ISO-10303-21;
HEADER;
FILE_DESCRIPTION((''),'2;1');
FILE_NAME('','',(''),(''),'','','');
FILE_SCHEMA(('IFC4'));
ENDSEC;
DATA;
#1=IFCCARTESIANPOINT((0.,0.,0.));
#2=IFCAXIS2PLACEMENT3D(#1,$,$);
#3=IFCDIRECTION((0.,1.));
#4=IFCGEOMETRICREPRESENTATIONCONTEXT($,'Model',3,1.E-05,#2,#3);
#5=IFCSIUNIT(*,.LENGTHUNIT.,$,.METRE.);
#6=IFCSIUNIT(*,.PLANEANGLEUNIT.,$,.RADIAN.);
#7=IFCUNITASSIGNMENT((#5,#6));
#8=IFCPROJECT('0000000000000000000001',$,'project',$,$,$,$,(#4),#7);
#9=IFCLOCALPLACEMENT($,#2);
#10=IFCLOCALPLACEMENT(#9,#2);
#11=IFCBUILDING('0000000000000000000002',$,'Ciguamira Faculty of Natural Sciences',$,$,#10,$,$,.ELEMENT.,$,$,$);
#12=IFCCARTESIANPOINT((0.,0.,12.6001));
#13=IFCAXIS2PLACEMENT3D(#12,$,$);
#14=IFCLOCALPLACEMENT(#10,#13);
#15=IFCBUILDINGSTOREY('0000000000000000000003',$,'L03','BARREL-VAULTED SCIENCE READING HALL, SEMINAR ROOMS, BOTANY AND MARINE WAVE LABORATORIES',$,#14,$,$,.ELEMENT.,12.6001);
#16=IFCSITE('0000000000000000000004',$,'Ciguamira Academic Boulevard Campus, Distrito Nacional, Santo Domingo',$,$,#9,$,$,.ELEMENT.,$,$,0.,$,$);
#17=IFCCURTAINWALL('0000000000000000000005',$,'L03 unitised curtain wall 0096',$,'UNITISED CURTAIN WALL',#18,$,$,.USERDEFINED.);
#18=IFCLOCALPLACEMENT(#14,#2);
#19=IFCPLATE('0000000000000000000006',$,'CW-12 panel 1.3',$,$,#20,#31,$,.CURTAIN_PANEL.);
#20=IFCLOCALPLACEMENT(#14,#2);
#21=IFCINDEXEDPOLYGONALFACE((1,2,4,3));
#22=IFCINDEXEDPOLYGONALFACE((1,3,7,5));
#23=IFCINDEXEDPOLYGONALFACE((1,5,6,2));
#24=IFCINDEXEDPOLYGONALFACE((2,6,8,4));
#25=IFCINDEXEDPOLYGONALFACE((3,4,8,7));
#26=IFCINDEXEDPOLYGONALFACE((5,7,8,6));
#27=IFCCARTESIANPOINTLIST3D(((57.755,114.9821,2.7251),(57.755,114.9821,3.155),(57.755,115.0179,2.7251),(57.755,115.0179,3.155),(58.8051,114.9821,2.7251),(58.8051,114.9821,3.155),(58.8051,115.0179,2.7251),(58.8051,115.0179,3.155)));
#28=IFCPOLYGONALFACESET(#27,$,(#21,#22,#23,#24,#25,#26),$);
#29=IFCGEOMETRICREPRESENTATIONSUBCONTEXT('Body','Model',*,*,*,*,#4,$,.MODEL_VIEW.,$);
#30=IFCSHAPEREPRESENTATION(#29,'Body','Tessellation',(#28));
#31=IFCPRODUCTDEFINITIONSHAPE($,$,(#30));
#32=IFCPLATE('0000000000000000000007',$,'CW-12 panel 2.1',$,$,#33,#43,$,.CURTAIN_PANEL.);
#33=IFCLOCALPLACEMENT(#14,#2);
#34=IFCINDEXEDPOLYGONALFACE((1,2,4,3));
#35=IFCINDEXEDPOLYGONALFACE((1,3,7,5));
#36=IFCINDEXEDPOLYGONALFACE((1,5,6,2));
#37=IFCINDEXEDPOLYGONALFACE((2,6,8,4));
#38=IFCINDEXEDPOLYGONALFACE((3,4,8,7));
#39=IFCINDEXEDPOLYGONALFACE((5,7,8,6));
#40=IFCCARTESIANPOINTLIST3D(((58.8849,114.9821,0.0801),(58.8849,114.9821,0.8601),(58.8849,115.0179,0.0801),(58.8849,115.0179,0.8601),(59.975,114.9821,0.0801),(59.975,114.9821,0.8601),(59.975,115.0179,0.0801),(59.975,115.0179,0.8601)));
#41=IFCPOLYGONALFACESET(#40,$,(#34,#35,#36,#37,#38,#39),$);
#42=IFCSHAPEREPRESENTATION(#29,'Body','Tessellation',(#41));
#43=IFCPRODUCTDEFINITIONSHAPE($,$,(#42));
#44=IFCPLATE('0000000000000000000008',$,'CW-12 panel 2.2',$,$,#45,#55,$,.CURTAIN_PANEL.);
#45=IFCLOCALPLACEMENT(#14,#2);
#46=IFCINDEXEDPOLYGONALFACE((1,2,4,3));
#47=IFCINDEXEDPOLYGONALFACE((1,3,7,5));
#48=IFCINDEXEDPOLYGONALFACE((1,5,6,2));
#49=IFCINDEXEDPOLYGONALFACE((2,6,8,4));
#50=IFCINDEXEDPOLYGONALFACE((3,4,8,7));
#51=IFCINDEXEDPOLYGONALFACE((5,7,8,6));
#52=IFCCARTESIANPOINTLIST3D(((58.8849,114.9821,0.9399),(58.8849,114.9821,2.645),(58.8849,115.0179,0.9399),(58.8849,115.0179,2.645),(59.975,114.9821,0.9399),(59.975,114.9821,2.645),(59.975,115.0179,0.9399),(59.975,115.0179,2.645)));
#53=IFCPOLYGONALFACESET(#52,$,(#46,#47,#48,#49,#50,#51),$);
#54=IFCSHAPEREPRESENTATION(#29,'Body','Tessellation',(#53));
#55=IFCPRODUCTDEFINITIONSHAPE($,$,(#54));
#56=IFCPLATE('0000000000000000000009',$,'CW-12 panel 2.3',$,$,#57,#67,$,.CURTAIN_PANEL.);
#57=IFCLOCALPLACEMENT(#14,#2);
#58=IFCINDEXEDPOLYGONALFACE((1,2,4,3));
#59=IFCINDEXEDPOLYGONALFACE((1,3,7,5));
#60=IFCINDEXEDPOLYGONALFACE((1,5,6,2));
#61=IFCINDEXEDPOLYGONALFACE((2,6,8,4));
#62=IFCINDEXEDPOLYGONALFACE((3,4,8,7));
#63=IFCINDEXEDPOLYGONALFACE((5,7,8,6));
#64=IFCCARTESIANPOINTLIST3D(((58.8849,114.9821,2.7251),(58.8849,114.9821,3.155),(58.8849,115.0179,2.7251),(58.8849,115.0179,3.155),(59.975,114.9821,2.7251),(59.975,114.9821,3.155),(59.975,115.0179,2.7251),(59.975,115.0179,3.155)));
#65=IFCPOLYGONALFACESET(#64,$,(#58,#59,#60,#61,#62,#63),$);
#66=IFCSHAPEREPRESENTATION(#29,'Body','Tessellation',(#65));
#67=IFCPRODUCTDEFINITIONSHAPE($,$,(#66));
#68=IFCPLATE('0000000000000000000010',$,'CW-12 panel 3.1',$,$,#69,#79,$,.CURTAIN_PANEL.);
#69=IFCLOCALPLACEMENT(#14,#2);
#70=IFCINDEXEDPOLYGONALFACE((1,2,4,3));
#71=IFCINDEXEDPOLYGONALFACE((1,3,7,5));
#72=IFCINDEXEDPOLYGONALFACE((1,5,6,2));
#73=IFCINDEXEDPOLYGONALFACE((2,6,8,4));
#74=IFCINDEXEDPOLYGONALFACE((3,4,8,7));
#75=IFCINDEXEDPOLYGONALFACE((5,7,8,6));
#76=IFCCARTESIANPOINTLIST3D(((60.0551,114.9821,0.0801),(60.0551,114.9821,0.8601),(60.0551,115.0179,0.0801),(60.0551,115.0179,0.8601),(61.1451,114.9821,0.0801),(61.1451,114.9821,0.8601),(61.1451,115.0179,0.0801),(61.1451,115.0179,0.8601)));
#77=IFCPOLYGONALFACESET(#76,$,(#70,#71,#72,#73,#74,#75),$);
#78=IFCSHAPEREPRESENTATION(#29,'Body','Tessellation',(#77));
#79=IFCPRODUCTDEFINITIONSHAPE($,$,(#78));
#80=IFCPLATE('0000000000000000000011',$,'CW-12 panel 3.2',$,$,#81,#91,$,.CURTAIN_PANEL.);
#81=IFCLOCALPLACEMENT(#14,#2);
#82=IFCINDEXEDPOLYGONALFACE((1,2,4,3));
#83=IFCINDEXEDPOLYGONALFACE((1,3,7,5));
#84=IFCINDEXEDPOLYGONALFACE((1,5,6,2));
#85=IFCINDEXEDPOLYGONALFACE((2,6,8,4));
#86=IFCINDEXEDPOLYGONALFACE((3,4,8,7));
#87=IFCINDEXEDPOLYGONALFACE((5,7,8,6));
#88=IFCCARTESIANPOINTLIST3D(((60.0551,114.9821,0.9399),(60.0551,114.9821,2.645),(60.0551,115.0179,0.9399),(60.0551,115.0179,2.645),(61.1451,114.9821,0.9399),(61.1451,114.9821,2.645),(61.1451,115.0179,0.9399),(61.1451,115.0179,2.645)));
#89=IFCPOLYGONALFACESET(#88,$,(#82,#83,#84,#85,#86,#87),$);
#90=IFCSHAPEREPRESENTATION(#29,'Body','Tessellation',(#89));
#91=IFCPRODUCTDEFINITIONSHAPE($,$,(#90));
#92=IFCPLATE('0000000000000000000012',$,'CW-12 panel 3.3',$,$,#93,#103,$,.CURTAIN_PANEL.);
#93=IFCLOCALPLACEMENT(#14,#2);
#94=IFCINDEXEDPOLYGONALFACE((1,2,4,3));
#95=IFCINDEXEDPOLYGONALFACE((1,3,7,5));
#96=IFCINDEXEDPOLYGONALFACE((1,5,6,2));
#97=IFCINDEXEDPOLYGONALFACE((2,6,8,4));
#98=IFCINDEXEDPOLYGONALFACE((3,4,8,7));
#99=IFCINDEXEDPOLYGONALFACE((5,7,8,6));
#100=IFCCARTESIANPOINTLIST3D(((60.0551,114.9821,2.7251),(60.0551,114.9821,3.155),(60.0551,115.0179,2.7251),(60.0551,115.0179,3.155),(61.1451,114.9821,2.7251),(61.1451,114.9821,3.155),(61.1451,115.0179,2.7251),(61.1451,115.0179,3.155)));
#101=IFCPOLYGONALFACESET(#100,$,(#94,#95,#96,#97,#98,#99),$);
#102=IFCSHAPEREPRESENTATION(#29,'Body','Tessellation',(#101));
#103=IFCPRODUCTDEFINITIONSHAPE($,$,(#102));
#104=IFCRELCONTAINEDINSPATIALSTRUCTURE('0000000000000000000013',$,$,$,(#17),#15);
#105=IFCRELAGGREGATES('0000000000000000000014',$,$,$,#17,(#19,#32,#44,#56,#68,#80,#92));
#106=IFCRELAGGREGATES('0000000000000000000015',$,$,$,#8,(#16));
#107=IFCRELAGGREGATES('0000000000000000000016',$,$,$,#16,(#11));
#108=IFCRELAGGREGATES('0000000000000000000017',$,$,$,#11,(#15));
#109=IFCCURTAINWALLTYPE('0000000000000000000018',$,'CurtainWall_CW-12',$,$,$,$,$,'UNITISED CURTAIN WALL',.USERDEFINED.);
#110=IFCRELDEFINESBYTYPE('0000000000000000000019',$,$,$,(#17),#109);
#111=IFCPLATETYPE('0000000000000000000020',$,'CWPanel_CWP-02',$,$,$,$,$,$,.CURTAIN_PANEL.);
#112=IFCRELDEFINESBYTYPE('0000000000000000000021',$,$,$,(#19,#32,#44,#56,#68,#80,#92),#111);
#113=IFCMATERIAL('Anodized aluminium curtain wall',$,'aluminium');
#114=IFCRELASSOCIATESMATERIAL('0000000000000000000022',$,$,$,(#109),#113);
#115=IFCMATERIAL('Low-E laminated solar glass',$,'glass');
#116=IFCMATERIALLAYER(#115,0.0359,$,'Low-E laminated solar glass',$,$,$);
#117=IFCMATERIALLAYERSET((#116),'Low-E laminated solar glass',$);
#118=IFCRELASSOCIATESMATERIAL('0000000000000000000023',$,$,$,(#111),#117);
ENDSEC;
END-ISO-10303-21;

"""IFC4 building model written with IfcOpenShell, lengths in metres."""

from ifc_helpers import new_model, si_unit, direction, frame, origin, origin_2d, place, context, subcontext, project, spatial, rectangle, extrude, material, layer, layer_set, type_object, element, aggregate, save


model = new_model("IFC4")

# Units and contexts
model_context = context("Model", 3, precision=1e-05, world=origin(), true_north=direction((0.0, 1.0)))
body_context = subcontext(model_context, "Body", "Model", "MODEL_VIEW")
ifc_project = project(units=[si_unit("LENGTHUNIT", "METRE"), si_unit("PLANEANGLEUNIT", "RADIAN")], contexts=[model_context])

# Site, building, storey
site_placement = place(None, origin())
site = spatial("IfcSite", under=ifc_project, at=site_placement, Name="Ciguamira Academic Boulevard Campus, Distrito Nacional, Santo Domingo", CompositionType="ELEMENT", RefElevation=0.0)
building_placement = place(site_placement, origin())
building = spatial("IfcBuilding", under=site, at=building_placement, Name="Ciguamira Faculty of Natural Sciences", CompositionType="ELEMENT")
storey_placement = place(building_placement, frame((0.0, 0.0, 12.6001)))
storey = spatial("IfcBuildingStorey", under=building, at=storey_placement, Name="L03", Description="BARREL-VAULTED SCIENCE READING HALL, SEMINAR ROOMS, BOTANY AND MARINE WAVE LABORATORIES", CompositionType="ELEMENT", Elevation=12.6001)

# Curtain wall, plates
ifc_material_1 = material(Name="Anodized aluminium curtain wall", Category="aluminium")
curtain_wall_type = type_object("IfcCurtainWallType", Name="CurtainWall_CW-12", ElementType="UNITISED CURTAIN WALL", PredefinedType="USERDEFINED", material=ifc_material_1)
curtain_wall_placement = place(storey_placement, origin())
curtain_wall = element("IfcCurtainWall", 1, at=curtain_wall_placement, inside=storey, type_object=curtain_wall_type, Name="L03 unitised curtain wall 0096", ObjectType="UNITISED CURTAIN WALL", PredefinedType="USERDEFINED")
ifc_material_2 = material(Name="Low-E laminated solar glass", Category="glass")
ifc_layer = layer(ifc_material_2, 0.0359, Name="Low-E laminated solar glass")
ifc_layer_set = layer_set([ifc_layer], Name="Low-E laminated solar glass")
plate_type = type_object("IfcPlateType", Name="CWPanel_CWP-02", PredefinedType="CURTAIN_PANEL", material=ifc_layer_set)
plate_1_placement = place(storey_placement, frame((58.28, 115.0, 2.7251), z_axis=(0.0, 0.0, 1.0), x_axis=(1.0, 0.0, 0.0)))
plate_1 = element("IfcPlate", 2, at=plate_1_placement, type_object=plate_type, Name="CW-12 panel 1.3", PredefinedType="CURTAIN_PANEL", context=body_context, shape_type="SweptSolid", body=[
    extrude(rectangle(XDim=1.05, YDim=0.0359, at=origin_2d()), origin(), (0.0, 0.0, 1.0), 0.4299),
])
plate_2_placement = place(storey_placement, frame((59.4299, 115.0, 0.0801), z_axis=(0.0, 0.0, 1.0), x_axis=(1.0, 0.0, 0.0)))
plate_2 = element("IfcPlate", 3, at=plate_2_placement, type_object=plate_type, Name="CW-12 panel 2.1", PredefinedType="CURTAIN_PANEL", context=body_context, shape_type="SweptSolid", body=[
    extrude(rectangle(XDim=1.0901, YDim=0.0359, at=origin_2d()), origin(), (0.0, 0.0, 1.0), 0.78),
])
plate_3_placement = place(storey_placement, frame((59.4299, 115.0, 0.9399), z_axis=(0.0, 0.0, 1.0), x_axis=(1.0, 0.0, 0.0)))
plate_3 = element("IfcPlate", 4, at=plate_3_placement, type_object=plate_type, Name="CW-12 panel 2.2", PredefinedType="CURTAIN_PANEL", context=body_context, shape_type="SweptSolid", body=[
    extrude(rectangle(XDim=1.0901, YDim=0.0359, at=origin_2d()), origin(), (0.0, 0.0, 1.0), 1.7051),
])
plate_4_placement = place(storey_placement, frame((59.4299, 115.0, 2.7251), z_axis=(0.0, 0.0, 1.0), x_axis=(1.0, 0.0, 0.0)))
plate_4 = element("IfcPlate", 5, at=plate_4_placement, type_object=plate_type, Name="CW-12 panel 2.3", PredefinedType="CURTAIN_PANEL", context=body_context, shape_type="SweptSolid", body=[
    extrude(rectangle(XDim=1.0901, YDim=0.0359, at=origin_2d()), origin(), (0.0, 0.0, 1.0), 0.4299),
])
plate_5_placement = place(storey_placement, frame((60.6001, 115.0, 0.0801), z_axis=(0.0, 0.0, 1.0), x_axis=(1.0, 0.0, 0.0)))
plate_5 = element("IfcPlate", 6, at=plate_5_placement, type_object=plate_type, Name="CW-12 panel 3.1", PredefinedType="CURTAIN_PANEL", context=body_context, shape_type="SweptSolid", body=[
    extrude(rectangle(XDim=1.0901, YDim=0.0359, at=origin_2d()), origin(), (0.0, 0.0, 1.0), 0.78),
])
plate_6_placement = place(storey_placement, frame((60.6001, 115.0, 0.9399), z_axis=(0.0, 0.0, 1.0), x_axis=(1.0, 0.0, 0.0)))
plate_6 = element("IfcPlate", 7, at=plate_6_placement, type_object=plate_type, Name="CW-12 panel 3.2", PredefinedType="CURTAIN_PANEL", context=body_context, shape_type="SweptSolid", body=[
    extrude(rectangle(XDim=1.0901, YDim=0.0359, at=origin_2d()), origin(), (0.0, 0.0, 1.0), 1.7051),
])
plate_7_placement = place(storey_placement, frame((60.6001, 115.0, 2.7251), z_axis=(0.0, 0.0, 1.0), x_axis=(1.0, 0.0, 0.0)))
plate_7 = element("IfcPlate", 8, at=plate_7_placement, type_object=plate_type, Name="CW-12 panel 3.3", PredefinedType="CURTAIN_PANEL", context=body_context, shape_type="SweptSolid", body=[
    extrude(rectangle(XDim=1.0901, YDim=0.0359, at=origin_2d()), origin(), (0.0, 0.0, 1.0), 0.4299),
])
aggregate(curtain_wall, [plate_1, plate_2, plate_3, plate_4, plate_5, plate_6, plate_7])

save(model, "model.ifc")
